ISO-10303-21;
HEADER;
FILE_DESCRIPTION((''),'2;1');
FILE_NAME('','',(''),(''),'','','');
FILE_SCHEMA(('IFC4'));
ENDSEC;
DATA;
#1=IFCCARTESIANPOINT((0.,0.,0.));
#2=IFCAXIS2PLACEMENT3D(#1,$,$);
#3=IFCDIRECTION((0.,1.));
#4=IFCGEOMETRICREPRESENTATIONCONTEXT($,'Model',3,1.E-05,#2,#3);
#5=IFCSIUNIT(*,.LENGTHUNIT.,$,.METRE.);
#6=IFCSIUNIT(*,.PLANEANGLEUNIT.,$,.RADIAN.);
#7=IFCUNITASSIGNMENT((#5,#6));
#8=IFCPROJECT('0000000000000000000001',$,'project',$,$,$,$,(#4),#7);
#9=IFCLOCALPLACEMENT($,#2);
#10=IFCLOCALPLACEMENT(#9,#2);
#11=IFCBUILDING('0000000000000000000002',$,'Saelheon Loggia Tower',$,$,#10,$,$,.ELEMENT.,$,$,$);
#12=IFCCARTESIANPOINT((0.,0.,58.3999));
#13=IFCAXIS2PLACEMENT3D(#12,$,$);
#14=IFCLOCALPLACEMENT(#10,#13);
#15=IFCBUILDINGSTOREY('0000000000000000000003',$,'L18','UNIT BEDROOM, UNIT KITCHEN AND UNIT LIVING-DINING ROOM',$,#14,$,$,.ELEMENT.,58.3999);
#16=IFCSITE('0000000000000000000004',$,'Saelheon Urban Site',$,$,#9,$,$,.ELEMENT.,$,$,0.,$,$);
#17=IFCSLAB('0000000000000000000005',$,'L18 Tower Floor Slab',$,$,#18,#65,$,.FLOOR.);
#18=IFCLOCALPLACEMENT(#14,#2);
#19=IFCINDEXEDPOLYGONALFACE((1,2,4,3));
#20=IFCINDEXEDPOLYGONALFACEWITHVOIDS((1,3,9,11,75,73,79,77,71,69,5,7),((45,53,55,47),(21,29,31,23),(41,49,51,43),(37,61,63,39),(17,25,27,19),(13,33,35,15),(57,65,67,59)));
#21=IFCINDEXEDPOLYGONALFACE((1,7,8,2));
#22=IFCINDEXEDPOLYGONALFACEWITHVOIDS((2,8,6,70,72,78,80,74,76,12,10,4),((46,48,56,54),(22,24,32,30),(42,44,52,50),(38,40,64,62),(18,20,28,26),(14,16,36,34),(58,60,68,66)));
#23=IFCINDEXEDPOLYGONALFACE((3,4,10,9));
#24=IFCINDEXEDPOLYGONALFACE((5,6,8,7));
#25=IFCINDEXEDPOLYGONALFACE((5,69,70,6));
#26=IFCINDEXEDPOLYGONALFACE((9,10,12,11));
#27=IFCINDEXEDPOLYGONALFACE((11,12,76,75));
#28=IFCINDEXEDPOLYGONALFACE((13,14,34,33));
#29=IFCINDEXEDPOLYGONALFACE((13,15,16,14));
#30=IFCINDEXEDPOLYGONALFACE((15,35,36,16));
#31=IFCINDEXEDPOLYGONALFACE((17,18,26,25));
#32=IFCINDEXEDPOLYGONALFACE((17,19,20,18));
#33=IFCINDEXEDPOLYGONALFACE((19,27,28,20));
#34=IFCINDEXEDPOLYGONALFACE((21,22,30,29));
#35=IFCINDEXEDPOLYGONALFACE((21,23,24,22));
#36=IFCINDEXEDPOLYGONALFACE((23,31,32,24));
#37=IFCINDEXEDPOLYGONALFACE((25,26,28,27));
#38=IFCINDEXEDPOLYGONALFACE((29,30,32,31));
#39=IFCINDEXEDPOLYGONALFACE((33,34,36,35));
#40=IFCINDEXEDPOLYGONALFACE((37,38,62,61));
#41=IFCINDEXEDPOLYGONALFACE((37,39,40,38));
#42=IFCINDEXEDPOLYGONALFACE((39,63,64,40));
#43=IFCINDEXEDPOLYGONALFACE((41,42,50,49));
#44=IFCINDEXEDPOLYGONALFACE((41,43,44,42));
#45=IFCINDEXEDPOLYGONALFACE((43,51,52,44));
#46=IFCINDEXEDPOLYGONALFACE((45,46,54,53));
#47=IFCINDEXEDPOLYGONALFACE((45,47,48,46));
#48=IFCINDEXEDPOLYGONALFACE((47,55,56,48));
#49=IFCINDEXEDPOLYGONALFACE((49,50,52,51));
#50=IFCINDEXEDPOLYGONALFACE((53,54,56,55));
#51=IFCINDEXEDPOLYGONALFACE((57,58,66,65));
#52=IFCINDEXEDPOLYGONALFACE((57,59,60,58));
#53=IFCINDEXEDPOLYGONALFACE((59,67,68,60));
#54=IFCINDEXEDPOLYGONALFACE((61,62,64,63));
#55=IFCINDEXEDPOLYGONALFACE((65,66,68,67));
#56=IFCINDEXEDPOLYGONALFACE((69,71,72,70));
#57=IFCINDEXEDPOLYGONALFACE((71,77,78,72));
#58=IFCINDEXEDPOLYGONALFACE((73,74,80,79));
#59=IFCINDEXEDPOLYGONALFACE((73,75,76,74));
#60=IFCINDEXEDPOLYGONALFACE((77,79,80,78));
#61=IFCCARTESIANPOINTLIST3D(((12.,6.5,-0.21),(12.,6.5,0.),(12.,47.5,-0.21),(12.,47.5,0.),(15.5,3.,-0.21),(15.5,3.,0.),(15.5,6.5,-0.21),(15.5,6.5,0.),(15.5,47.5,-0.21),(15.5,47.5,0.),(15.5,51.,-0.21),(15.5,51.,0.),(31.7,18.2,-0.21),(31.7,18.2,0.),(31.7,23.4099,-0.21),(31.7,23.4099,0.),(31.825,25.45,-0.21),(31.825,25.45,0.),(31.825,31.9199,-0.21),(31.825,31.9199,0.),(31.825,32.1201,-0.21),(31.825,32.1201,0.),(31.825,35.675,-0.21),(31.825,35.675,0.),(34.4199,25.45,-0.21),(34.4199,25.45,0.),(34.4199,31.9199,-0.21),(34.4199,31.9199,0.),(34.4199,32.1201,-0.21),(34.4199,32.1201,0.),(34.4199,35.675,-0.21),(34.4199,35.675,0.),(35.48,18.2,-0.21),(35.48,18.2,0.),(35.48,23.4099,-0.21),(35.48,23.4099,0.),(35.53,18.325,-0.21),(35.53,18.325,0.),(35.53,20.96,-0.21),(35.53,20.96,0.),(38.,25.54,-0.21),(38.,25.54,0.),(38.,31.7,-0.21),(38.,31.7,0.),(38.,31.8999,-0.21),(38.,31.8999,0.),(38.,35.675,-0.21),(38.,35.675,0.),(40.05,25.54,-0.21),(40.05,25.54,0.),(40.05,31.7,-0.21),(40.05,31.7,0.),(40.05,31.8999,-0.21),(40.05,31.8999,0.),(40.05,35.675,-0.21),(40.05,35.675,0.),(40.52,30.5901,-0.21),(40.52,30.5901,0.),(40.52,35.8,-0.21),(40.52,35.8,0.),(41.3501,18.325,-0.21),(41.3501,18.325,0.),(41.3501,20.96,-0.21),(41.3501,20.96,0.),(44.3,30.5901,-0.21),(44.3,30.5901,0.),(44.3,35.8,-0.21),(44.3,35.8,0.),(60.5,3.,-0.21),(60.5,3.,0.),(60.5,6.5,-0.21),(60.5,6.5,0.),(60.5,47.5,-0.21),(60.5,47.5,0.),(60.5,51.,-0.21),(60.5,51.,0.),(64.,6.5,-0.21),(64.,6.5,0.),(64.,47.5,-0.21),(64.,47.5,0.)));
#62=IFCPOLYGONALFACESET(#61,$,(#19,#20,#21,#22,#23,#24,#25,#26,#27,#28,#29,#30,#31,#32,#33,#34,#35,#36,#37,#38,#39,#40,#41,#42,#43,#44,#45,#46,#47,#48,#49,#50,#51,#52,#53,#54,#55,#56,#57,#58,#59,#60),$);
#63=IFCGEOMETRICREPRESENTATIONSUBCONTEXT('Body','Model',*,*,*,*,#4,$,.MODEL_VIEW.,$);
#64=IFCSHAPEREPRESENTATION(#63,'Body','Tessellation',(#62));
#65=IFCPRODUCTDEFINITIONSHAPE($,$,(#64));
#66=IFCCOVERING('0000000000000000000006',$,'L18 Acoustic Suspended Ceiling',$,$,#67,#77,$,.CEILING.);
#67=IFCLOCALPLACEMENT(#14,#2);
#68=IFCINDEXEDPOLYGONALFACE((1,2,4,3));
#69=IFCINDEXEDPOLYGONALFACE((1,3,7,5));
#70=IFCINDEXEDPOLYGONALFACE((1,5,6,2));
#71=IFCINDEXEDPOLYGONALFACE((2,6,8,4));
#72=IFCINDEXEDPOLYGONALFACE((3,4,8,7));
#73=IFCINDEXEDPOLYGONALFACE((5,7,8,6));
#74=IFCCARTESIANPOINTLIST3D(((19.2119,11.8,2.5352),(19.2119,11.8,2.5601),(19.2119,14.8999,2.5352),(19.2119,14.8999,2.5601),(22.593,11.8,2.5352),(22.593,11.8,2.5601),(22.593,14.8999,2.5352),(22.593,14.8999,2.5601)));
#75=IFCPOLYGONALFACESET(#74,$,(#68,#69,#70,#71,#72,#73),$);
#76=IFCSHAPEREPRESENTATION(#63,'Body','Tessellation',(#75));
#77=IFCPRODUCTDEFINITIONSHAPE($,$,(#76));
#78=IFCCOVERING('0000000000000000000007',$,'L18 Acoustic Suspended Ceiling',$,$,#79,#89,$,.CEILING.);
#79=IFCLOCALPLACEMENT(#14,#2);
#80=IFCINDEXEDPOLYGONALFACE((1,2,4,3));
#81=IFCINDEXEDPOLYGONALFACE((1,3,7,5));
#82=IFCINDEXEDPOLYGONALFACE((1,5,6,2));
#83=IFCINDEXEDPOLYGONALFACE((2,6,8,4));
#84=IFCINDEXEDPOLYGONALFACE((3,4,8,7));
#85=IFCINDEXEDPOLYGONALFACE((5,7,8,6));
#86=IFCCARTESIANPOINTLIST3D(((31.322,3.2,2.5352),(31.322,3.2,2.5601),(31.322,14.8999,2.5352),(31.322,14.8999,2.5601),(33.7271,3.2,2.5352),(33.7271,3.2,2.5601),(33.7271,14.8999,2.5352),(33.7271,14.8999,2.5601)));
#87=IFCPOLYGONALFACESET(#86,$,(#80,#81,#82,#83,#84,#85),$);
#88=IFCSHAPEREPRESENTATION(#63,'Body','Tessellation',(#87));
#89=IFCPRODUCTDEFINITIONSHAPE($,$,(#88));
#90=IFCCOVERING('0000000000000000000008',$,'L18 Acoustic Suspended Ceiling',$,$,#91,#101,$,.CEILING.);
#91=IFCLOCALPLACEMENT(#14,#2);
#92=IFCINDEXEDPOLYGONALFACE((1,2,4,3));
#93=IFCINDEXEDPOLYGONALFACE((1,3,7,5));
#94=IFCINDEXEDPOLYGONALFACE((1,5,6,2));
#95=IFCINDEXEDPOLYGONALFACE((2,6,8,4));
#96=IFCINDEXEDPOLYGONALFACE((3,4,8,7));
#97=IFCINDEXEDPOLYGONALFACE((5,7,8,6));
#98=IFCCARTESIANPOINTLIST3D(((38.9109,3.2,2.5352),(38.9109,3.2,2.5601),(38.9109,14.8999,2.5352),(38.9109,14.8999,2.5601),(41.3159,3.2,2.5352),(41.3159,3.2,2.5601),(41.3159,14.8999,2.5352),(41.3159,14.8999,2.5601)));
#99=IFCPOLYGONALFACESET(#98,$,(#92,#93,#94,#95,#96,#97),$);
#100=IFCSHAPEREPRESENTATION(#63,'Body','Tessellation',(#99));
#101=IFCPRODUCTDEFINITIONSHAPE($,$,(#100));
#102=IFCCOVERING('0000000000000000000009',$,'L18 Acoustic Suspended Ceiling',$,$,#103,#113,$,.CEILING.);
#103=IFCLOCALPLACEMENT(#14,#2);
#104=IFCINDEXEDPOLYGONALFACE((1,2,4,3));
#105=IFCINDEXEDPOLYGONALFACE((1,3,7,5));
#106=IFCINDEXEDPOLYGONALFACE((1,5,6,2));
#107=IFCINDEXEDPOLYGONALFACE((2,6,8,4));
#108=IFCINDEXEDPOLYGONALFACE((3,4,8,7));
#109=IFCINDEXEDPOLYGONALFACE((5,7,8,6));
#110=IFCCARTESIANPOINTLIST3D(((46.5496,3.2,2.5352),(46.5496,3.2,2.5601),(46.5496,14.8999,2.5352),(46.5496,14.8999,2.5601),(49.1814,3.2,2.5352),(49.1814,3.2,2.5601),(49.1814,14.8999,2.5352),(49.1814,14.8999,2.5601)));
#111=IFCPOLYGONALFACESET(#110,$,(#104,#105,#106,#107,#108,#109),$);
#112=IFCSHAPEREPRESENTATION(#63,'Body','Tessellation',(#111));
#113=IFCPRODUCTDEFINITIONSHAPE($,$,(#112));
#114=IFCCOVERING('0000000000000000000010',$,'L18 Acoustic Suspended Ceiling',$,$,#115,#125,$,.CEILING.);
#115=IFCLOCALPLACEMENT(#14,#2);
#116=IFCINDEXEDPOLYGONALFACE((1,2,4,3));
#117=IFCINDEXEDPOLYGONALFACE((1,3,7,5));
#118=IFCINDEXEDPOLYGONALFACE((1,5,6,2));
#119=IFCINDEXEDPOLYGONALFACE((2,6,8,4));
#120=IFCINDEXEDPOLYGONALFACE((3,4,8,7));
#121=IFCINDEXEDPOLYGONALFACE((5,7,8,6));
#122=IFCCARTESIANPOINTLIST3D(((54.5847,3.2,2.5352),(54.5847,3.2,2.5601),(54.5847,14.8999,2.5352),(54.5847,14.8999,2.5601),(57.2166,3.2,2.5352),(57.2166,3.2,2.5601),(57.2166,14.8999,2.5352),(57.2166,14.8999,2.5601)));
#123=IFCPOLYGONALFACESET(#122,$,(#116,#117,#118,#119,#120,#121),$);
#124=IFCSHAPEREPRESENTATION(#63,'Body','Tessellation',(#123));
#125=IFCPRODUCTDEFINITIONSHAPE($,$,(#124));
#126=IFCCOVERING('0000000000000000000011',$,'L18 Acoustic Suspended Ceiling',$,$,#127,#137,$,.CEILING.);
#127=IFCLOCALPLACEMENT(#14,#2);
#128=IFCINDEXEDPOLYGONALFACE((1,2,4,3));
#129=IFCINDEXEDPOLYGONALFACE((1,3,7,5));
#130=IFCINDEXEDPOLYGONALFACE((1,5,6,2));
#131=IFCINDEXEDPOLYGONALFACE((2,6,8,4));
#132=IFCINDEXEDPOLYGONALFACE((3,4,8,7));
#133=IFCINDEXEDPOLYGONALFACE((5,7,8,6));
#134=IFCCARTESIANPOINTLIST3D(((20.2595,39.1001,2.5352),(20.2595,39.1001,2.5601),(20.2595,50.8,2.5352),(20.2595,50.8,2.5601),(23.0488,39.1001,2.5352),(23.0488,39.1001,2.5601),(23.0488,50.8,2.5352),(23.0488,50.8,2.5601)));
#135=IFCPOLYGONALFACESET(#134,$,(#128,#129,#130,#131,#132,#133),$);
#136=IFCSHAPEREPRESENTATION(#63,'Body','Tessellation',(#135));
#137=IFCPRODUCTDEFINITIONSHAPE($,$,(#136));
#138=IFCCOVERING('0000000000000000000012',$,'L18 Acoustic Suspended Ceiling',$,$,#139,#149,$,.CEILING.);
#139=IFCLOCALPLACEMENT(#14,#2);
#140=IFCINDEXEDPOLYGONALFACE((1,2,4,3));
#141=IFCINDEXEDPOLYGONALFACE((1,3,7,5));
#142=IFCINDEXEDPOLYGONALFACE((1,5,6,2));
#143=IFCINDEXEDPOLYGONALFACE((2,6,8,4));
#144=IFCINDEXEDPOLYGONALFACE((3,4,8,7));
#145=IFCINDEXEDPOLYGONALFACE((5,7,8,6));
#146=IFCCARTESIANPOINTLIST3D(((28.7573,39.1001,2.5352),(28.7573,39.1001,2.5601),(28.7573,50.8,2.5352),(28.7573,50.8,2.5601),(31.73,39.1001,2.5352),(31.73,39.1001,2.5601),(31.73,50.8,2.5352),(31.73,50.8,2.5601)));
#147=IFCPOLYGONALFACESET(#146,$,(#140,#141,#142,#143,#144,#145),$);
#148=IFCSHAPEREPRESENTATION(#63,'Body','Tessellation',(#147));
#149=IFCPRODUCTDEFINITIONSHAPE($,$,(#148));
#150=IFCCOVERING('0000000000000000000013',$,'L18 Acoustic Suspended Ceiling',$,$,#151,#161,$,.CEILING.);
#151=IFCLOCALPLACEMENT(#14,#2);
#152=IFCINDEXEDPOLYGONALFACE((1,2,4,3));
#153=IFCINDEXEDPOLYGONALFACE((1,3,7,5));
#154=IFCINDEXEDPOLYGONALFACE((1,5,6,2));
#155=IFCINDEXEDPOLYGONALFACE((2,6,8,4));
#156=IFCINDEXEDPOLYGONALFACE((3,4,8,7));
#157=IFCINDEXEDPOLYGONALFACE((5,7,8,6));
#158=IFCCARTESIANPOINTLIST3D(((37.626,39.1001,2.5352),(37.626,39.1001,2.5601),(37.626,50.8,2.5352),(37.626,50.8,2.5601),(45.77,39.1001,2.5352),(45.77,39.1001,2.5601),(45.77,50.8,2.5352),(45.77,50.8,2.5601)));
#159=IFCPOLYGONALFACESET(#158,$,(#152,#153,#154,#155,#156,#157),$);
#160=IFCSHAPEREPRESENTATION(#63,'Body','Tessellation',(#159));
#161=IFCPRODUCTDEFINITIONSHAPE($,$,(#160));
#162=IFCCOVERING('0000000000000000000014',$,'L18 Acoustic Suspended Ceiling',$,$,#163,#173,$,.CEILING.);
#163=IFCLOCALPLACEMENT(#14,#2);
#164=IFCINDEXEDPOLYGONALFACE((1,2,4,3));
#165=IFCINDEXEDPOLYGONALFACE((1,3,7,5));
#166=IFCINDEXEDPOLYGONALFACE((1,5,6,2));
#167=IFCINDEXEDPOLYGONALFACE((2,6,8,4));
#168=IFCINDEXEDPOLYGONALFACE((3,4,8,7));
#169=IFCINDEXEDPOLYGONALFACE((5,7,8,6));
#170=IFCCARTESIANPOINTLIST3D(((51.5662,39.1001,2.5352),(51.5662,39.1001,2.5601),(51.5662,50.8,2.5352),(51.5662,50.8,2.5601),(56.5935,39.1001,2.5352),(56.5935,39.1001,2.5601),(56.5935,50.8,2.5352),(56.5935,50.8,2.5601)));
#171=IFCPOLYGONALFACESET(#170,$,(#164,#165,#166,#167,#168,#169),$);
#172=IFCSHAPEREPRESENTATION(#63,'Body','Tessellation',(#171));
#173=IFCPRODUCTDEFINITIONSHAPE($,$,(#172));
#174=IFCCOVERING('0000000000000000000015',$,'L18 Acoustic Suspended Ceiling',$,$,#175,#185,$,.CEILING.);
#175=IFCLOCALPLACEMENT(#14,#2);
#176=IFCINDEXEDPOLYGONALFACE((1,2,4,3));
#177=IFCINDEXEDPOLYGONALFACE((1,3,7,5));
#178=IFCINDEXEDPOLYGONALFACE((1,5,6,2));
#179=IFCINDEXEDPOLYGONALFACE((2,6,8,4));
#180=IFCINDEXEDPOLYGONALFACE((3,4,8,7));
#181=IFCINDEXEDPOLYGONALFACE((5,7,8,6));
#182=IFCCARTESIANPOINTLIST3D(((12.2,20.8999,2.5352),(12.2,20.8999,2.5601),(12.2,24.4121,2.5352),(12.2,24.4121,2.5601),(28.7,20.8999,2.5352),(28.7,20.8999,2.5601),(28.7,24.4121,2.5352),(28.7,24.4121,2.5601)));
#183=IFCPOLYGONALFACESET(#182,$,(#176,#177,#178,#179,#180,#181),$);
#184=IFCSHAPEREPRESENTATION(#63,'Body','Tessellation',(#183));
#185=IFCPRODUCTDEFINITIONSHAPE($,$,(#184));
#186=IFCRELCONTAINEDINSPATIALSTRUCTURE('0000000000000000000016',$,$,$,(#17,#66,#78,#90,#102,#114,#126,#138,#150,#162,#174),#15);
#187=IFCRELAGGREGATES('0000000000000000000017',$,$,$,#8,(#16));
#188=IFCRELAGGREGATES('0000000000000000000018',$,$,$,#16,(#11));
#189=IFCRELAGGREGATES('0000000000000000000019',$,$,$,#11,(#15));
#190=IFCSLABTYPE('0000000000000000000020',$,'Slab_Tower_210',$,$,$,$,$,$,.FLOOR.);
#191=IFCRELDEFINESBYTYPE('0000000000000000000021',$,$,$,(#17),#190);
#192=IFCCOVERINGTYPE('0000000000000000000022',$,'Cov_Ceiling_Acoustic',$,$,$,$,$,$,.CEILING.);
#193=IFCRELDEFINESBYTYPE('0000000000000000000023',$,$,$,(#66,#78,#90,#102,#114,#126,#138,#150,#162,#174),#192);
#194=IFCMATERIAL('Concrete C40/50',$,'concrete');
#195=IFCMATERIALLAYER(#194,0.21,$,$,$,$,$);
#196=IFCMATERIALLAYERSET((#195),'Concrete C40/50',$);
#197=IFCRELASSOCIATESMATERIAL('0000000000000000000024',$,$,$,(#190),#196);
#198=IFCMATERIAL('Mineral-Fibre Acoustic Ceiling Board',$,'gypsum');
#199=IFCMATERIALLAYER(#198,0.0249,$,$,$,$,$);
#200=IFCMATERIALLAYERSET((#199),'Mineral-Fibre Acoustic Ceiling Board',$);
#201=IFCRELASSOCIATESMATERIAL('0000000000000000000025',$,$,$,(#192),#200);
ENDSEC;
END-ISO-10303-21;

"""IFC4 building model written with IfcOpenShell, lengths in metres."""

from ifc_helpers import new_model, si_unit, direction, frame, origin, place, context, subcontext, project, spatial, polyline, outline, extrude, material, layer, layer_set, type_object, element, save


model = new_model("IFC4")

# Units and contexts
model_context = context("Model", 3, precision=1e-05, world=origin(), true_north=direction((0.0, 1.0)))
body_context = subcontext(model_context, "Body", "Model", "MODEL_VIEW")
ifc_project = project(units=[si_unit("LENGTHUNIT", "METRE"), si_unit("PLANEANGLEUNIT", "RADIAN")], contexts=[model_context])

# Site, building, storey
site_placement = place(None, origin())
site = spatial("IfcSite", under=ifc_project, at=site_placement, Name="Saelheon Urban Site", CompositionType="ELEMENT", RefElevation=0.0)
building_placement = place(site_placement, origin())
building = spatial("IfcBuilding", under=site, at=building_placement, Name="Saelheon Loggia Tower", CompositionType="ELEMENT")
storey_placement = place(building_placement, frame((0.0, 0.0, 58.3999)))
storey = spatial("IfcBuildingStorey", under=building, at=storey_placement, Name="L18", Description="UNIT BEDROOM, UNIT KITCHEN AND UNIT LIVING-DINING ROOM", CompositionType="ELEMENT", Elevation=58.3999)

# Shared definitions
ifc_material_1 = material(Name="Concrete C40/50", Category="concrete")

# Slab
ifc_layer_1 = layer(ifc_material_1, 0.21)
ifc_layer_set_1 = layer_set([ifc_layer_1], Name="Concrete C40/50")
slab_type_1 = type_object("IfcSlabType", Name="Slab_Tower_210", PredefinedType="FLOOR", material=ifc_layer_set_1)
slab_1_placement = place(storey_placement, frame((0.0, 0.0, -0.21)))
element("IfcSlab", 1, at=slab_1_placement, inside=storey, type_object=slab_type_1, Name="L18 Tower Floor Slab", PredefinedType="FLOOR", context=body_context, shape_type="SweptSolid", body=[
    extrude(outline(polyline([(15.5, 3.0), (60.5, 3.0), (60.5, 6.5), (64.0, 6.5), (64.0, 47.5), (60.5, 47.5), (60.5, 51.0), (15.5, 51.0), (15.5, 47.5), (12.0, 47.5), (12.0, 6.5), (15.5, 6.5), (15.5, 3.0)]), holes=[polyline([(31.7, 23.4099), (31.7, 18.2), (35.48, 18.2), (35.48, 23.4099), (31.7, 23.4099)]), polyline([(44.3, 30.5901), (44.3, 35.8), (40.52, 35.8), (40.52, 30.5901), (44.3, 30.5901)]), polyline([(35.53, 18.325), (41.3501, 18.325), (41.3501, 20.96), (35.53, 20.96), (35.53, 18.325)]), polyline([(31.825, 32.1201), (34.4199, 32.1201), (34.4199, 35.675), (31.825, 35.675), (31.825, 32.1201)]), polyline([(38.0, 31.8999), (40.05, 31.8999), (40.05, 35.675), (38.0, 35.675), (38.0, 31.8999)]), polyline([(31.825, 25.45), (34.4199, 25.45), (34.4199, 31.9199), (31.825, 31.9199), (31.825, 25.45)]), polyline([(38.0, 25.54), (40.05, 25.54), (40.05, 31.7), (38.0, 31.7), (38.0, 25.54)])]), origin(), (0.0, 0.0, 1.0), 0.21),
])

# Coverings
ifc_material_2 = material(Name="Mineral-Fibre Acoustic Ceiling Board", Category="gypsum")
ifc_layer_2 = layer(ifc_material_2, 0.0249)
ifc_layer_set_2 = layer_set([ifc_layer_2], Name="Mineral-Fibre Acoustic Ceiling Board")
covering_type = type_object("IfcCoveringType", Name="Cov_Ceiling_Acoustic", PredefinedType="CEILING", material=ifc_layer_set_2)
covering_1_placement = place(storey_placement, frame((0.0, 0.0, 2.5352)))
element("IfcCovering", 2, at=covering_1_placement, inside=storey, type_object=covering_type, Name="L18 Acoustic Suspended Ceiling", PredefinedType="CEILING", context=body_context, shape_type="SweptSolid", body=[
    extrude(outline(polyline([(19.2119, 11.8), (22.593, 11.8), (22.593, 14.8999), (19.2119, 14.8999), (19.2119, 11.8)])), origin(), (0.0, 0.0, 1.0), 0.0249),
])
covering_2_placement = place(storey_placement, frame((0.0, 0.0, 2.5352)))
element("IfcCovering", 3, at=covering_2_placement, inside=storey, type_object=covering_type, Name="L18 Acoustic Suspended Ceiling", PredefinedType="CEILING", context=body_context, shape_type="SweptSolid", body=[
    extrude(outline(polyline([(31.322, 3.2), (33.7271, 3.2), (33.7271, 14.8999), (31.322, 14.8999), (31.322, 3.2)])), origin(), (0.0, 0.0, 1.0), 0.0249),
])
covering_3_placement = place(storey_placement, frame((0.0, 0.0, 2.5352)))
element("IfcCovering", 4, at=covering_3_placement, inside=storey, type_object=covering_type, Name="L18 Acoustic Suspended Ceiling", PredefinedType="CEILING", context=body_context, shape_type="SweptSolid", body=[
    extrude(outline(polyline([(38.9109, 3.2), (41.3159, 3.2), (41.3159, 14.8999), (38.9109, 14.8999), (38.9109, 3.2)])), origin(), (0.0, 0.0, 1.0), 0.0249),
])
covering_4_placement = place(storey_placement, frame((0.0, 0.0, 2.5352)))
element("IfcCovering", 5, at=covering_4_placement, inside=storey, type_object=covering_type, Name="L18 Acoustic Suspended Ceiling", PredefinedType="CEILING", context=body_context, shape_type="SweptSolid", body=[
    extrude(outline(polyline([(46.5496, 3.2), (49.1814, 3.2), (49.1814, 14.8999), (46.5496, 14.8999), (46.5496, 3.2)])), origin(), (0.0, 0.0, 1.0), 0.0249),
])
covering_5_placement = place(storey_placement, frame((0.0, 0.0, 2.5352)))
element("IfcCovering", 6, at=covering_5_placement, inside=storey, type_object=covering_type, Name="L18 Acoustic Suspended Ceiling", PredefinedType="CEILING", context=body_context, shape_type="SweptSolid", body=[
    extrude(outline(polyline([(54.5847, 3.2), (57.2166, 3.2), (57.2166, 14.8999), (54.5847, 14.8999), (54.5847, 3.2)])), origin(), (0.0, 0.0, 1.0), 0.0249),
])
covering_6_placement = place(storey_placement, frame((0.0, 0.0, 2.5352)))
element("IfcCovering", 7, at=covering_6_placement, inside=storey, type_object=covering_type, Name="L18 Acoustic Suspended Ceiling", PredefinedType="CEILING", context=body_context, shape_type="SweptSolid", body=[
    extrude(outline(polyline([(20.2595, 39.1001), (23.0488, 39.1001), (23.0488, 50.8), (20.2595, 50.8), (20.2595, 39.1001)])), origin(), (0.0, 0.0, 1.0), 0.0249),
])
covering_7_placement = place(storey_placement, frame((0.0, 0.0, 2.5352)))
element("IfcCovering", 8, at=covering_7_placement, inside=storey, type_object=covering_type, Name="L18 Acoustic Suspended Ceiling", PredefinedType="CEILING", context=body_context, shape_type="SweptSolid", body=[
    extrude(outline(polyline([(28.7573, 39.1001), (31.73, 39.1001), (31.73, 50.8), (28.7573, 50.8), (28.7573, 39.1001)])), origin(), (0.0, 0.0, 1.0), 0.0249),
])
covering_8_placement = place(storey_placement, frame((0.0, 0.0, 2.5352)))
element("IfcCovering", 9, at=covering_8_placement, inside=storey, type_object=covering_type, Name="L18 Acoustic Suspended Ceiling", PredefinedType="CEILING", context=body_context, shape_type="SweptSolid", body=[
    extrude(outline(polyline([(37.626, 39.1001), (45.77, 39.1001), (45.77, 50.8), (37.626, 50.8), (37.626, 39.1001)])), origin(), (0.0, 0.0, 1.0), 0.0249),
])
covering_9_placement = place(storey_placement, frame((0.0, 0.0, 2.5352)))
element("IfcCovering", 10, at=covering_9_placement, inside=storey, type_object=covering_type, Name="L18 Acoustic Suspended Ceiling", PredefinedType="CEILING", context=body_context, shape_type="SweptSolid", body=[
    extrude(outline(polyline([(51.5662, 39.1001), (56.5935, 39.1001), (56.5935, 50.8), (51.5662, 50.8), (51.5662, 39.1001)])), origin(), (0.0, 0.0, 1.0), 0.0249),
])
covering_10_placement = place(storey_placement, frame((0.0, 0.0, 2.5352)))
element("IfcCovering", 11, at=covering_10_placement, inside=storey, type_object=covering_type, Name="L18 Acoustic Suspended Ceiling", PredefinedType="CEILING", context=body_context, shape_type="SweptSolid", body=[
    extrude(outline(polyline([(12.2, 20.8999), (28.7, 20.8999), (28.7, 24.4121), (12.2, 24.4121), (12.2, 20.8999)])), origin(), (0.0, 0.0, 1.0), 0.0249),
])

save(model, "model.ifc")
